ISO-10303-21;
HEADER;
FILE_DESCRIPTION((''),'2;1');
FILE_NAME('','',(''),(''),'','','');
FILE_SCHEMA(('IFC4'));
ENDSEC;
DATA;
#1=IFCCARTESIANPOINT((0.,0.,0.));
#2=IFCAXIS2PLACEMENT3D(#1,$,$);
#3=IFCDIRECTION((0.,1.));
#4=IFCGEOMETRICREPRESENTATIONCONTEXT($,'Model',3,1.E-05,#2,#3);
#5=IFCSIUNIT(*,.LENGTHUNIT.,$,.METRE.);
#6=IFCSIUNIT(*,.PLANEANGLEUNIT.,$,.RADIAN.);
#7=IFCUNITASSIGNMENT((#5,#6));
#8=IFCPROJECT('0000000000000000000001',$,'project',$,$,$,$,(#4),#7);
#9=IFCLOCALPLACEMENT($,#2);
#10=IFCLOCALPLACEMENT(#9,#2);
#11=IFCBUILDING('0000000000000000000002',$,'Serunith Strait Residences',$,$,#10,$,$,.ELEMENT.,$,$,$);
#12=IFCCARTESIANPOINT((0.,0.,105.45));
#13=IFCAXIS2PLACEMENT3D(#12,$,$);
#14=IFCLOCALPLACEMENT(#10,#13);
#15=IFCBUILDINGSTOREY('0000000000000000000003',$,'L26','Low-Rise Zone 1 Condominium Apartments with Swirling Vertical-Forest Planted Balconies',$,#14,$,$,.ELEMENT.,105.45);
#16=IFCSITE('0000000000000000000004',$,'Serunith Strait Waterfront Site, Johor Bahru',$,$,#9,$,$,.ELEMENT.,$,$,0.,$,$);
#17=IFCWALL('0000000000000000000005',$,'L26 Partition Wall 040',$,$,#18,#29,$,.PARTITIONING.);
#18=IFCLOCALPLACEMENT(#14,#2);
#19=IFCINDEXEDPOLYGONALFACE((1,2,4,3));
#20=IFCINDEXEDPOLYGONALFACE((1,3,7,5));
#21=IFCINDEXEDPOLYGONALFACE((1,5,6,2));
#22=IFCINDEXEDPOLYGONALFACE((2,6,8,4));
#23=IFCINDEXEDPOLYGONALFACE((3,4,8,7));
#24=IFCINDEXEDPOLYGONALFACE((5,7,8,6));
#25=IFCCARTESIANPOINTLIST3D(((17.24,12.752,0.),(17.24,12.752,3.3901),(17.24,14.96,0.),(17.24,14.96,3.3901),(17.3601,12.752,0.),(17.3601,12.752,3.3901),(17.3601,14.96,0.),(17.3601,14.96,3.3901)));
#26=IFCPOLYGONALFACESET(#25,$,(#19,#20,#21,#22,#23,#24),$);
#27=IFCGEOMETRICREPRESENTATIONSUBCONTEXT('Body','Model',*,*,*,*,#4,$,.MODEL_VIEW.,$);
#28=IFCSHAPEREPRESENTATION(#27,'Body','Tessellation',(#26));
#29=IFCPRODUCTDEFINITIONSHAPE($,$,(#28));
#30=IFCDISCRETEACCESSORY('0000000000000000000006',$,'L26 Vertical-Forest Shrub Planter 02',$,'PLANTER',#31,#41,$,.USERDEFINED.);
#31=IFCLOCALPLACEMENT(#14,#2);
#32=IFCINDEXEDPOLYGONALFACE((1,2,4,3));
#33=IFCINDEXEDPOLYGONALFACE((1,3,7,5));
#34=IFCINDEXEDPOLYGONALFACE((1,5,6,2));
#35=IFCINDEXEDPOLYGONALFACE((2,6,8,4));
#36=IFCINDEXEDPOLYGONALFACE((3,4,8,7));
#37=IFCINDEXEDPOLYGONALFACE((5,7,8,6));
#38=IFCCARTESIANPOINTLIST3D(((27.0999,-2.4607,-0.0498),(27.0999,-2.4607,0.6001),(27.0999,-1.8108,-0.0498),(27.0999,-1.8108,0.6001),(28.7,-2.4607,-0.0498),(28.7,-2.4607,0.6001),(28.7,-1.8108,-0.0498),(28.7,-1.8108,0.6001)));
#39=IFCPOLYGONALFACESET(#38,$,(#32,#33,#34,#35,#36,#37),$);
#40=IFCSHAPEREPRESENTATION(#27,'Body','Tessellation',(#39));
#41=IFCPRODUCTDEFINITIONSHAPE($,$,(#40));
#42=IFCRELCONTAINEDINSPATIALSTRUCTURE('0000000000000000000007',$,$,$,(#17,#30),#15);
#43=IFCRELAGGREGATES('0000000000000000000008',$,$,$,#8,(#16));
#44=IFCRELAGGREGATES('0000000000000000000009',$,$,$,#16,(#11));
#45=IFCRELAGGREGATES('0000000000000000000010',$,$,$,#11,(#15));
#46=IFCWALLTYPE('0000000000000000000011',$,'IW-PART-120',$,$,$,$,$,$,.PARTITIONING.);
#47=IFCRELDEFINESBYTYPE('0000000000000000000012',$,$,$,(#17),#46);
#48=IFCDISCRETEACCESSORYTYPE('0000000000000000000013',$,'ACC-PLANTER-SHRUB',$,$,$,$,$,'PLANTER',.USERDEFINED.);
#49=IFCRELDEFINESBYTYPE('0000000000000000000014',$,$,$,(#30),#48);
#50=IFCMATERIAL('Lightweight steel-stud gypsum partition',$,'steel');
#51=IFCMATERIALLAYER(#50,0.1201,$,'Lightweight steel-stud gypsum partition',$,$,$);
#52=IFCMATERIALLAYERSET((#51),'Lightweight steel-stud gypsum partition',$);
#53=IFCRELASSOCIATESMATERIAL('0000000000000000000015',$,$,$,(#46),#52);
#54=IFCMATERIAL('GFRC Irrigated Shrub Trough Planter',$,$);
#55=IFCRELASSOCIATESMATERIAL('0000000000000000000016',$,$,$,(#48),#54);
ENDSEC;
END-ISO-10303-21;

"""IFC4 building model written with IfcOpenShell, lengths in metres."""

from ifc_helpers import new_model, si_unit, direction, frame, frame_2d, origin, origin_2d, place, context, subcontext, project, spatial, rectangle, extrude, source, transform, mapped, material, layer, layer_set, type_object, element, save


model = new_model("IFC4")

# Units and contexts
model_context = context("Model", 3, precision=1e-05, world=origin(), true_north=direction((0.0, 1.0)))
body_context = subcontext(model_context, "Body", "Model", "MODEL_VIEW")
ifc_project = project(units=[si_unit("LENGTHUNIT", "METRE"), si_unit("PLANEANGLEUNIT", "RADIAN")], contexts=[model_context])

# Site, building, storey
site_placement = place(None, origin())
site = spatial("IfcSite", under=ifc_project, at=site_placement, Name="Serunith Strait Waterfront Site, Johor Bahru", CompositionType="ELEMENT", RefElevation=0.0)
building_placement = place(site_placement, origin())
building = spatial("IfcBuilding", under=site, at=building_placement, Name="Serunith Strait Residences", CompositionType="ELEMENT")
storey_placement = place(building_placement, frame((0.0, 0.0, 105.45)))
storey = spatial("IfcBuildingStorey", under=building, at=storey_placement, Name="L26", Description="Low-Rise Zone 1 Condominium Apartments with Swirling Vertical-Forest Planted Balconies", CompositionType="ELEMENT", Elevation=105.45)

# Shared definitions
ifc_material_1 = material(Name="Lightweight steel-stud gypsum partition", Category="steel")
ifc_layer_1 = layer(ifc_material_1, 0.1201, Name="Lightweight steel-stud gypsum partition")
ifc_layer_set_1 = layer_set([ifc_layer_1], Name="Lightweight steel-stud gypsum partition")
wall_type_1 = type_object("IfcWallType", Name="IW-PART-120", PredefinedType="PARTITIONING", material=ifc_layer_set_1)

# Wall
wall_1_placement = place(storey_placement, frame((17.3, 12.752, 0.0), z_axis=(0.0, 0.0, 1.0), x_axis=(0.0, 1.0, 0.0)))
element("IfcWall", 1, at=wall_1_placement, inside=storey, type_object=wall_type_1, Name="L26 Partition Wall 040", PredefinedType="PARTITIONING", context=body_context, shape_type="SweptSolid", body=[
    extrude(rectangle(XDim=2.208, YDim=0.1201, at=frame_2d((1.104, 0.0))), origin(), (0.0, 0.0, 1.0), 3.3901),
])

# Discrete accessory
ifc_material_2 = material(Name="GFRC Irrigated Shrub Trough Planter")
discrete_accessory_type = type_object("IfcDiscreteAccessoryType", Name="ACC-PLANTER-SHRUB", ElementType="PLANTER", PredefinedType="USERDEFINED", material=ifc_material_2)
shared_shape_1 = source(origin(), body_context, "Body", "SweptSolid", [
    extrude(rectangle(XDim=1.6001, YDim=0.6499, at=origin_2d()), origin(), (0.0, 0.0, 1.0), 0.6499),
])
discrete_accessory_placement = place(storey_placement, frame((27.8999, -2.1357, -0.0498), z_axis=(0.0, 0.0, 1.0), x_axis=(1.0, 0.0, 0.0)))
element("IfcDiscreteAccessory", 2, at=discrete_accessory_placement, inside=storey, type_object=discrete_accessory_type, Name="L26 Vertical-Forest Shrub Planter 02", ObjectType="PLANTER", PredefinedType="USERDEFINED", context=body_context, shape_type="MappedRepresentation", body=[
    mapped(shared_shape_1, transform((0.0, 0.0, 0.0), scale=1.0)),
])

save(model, "model.ifc")
